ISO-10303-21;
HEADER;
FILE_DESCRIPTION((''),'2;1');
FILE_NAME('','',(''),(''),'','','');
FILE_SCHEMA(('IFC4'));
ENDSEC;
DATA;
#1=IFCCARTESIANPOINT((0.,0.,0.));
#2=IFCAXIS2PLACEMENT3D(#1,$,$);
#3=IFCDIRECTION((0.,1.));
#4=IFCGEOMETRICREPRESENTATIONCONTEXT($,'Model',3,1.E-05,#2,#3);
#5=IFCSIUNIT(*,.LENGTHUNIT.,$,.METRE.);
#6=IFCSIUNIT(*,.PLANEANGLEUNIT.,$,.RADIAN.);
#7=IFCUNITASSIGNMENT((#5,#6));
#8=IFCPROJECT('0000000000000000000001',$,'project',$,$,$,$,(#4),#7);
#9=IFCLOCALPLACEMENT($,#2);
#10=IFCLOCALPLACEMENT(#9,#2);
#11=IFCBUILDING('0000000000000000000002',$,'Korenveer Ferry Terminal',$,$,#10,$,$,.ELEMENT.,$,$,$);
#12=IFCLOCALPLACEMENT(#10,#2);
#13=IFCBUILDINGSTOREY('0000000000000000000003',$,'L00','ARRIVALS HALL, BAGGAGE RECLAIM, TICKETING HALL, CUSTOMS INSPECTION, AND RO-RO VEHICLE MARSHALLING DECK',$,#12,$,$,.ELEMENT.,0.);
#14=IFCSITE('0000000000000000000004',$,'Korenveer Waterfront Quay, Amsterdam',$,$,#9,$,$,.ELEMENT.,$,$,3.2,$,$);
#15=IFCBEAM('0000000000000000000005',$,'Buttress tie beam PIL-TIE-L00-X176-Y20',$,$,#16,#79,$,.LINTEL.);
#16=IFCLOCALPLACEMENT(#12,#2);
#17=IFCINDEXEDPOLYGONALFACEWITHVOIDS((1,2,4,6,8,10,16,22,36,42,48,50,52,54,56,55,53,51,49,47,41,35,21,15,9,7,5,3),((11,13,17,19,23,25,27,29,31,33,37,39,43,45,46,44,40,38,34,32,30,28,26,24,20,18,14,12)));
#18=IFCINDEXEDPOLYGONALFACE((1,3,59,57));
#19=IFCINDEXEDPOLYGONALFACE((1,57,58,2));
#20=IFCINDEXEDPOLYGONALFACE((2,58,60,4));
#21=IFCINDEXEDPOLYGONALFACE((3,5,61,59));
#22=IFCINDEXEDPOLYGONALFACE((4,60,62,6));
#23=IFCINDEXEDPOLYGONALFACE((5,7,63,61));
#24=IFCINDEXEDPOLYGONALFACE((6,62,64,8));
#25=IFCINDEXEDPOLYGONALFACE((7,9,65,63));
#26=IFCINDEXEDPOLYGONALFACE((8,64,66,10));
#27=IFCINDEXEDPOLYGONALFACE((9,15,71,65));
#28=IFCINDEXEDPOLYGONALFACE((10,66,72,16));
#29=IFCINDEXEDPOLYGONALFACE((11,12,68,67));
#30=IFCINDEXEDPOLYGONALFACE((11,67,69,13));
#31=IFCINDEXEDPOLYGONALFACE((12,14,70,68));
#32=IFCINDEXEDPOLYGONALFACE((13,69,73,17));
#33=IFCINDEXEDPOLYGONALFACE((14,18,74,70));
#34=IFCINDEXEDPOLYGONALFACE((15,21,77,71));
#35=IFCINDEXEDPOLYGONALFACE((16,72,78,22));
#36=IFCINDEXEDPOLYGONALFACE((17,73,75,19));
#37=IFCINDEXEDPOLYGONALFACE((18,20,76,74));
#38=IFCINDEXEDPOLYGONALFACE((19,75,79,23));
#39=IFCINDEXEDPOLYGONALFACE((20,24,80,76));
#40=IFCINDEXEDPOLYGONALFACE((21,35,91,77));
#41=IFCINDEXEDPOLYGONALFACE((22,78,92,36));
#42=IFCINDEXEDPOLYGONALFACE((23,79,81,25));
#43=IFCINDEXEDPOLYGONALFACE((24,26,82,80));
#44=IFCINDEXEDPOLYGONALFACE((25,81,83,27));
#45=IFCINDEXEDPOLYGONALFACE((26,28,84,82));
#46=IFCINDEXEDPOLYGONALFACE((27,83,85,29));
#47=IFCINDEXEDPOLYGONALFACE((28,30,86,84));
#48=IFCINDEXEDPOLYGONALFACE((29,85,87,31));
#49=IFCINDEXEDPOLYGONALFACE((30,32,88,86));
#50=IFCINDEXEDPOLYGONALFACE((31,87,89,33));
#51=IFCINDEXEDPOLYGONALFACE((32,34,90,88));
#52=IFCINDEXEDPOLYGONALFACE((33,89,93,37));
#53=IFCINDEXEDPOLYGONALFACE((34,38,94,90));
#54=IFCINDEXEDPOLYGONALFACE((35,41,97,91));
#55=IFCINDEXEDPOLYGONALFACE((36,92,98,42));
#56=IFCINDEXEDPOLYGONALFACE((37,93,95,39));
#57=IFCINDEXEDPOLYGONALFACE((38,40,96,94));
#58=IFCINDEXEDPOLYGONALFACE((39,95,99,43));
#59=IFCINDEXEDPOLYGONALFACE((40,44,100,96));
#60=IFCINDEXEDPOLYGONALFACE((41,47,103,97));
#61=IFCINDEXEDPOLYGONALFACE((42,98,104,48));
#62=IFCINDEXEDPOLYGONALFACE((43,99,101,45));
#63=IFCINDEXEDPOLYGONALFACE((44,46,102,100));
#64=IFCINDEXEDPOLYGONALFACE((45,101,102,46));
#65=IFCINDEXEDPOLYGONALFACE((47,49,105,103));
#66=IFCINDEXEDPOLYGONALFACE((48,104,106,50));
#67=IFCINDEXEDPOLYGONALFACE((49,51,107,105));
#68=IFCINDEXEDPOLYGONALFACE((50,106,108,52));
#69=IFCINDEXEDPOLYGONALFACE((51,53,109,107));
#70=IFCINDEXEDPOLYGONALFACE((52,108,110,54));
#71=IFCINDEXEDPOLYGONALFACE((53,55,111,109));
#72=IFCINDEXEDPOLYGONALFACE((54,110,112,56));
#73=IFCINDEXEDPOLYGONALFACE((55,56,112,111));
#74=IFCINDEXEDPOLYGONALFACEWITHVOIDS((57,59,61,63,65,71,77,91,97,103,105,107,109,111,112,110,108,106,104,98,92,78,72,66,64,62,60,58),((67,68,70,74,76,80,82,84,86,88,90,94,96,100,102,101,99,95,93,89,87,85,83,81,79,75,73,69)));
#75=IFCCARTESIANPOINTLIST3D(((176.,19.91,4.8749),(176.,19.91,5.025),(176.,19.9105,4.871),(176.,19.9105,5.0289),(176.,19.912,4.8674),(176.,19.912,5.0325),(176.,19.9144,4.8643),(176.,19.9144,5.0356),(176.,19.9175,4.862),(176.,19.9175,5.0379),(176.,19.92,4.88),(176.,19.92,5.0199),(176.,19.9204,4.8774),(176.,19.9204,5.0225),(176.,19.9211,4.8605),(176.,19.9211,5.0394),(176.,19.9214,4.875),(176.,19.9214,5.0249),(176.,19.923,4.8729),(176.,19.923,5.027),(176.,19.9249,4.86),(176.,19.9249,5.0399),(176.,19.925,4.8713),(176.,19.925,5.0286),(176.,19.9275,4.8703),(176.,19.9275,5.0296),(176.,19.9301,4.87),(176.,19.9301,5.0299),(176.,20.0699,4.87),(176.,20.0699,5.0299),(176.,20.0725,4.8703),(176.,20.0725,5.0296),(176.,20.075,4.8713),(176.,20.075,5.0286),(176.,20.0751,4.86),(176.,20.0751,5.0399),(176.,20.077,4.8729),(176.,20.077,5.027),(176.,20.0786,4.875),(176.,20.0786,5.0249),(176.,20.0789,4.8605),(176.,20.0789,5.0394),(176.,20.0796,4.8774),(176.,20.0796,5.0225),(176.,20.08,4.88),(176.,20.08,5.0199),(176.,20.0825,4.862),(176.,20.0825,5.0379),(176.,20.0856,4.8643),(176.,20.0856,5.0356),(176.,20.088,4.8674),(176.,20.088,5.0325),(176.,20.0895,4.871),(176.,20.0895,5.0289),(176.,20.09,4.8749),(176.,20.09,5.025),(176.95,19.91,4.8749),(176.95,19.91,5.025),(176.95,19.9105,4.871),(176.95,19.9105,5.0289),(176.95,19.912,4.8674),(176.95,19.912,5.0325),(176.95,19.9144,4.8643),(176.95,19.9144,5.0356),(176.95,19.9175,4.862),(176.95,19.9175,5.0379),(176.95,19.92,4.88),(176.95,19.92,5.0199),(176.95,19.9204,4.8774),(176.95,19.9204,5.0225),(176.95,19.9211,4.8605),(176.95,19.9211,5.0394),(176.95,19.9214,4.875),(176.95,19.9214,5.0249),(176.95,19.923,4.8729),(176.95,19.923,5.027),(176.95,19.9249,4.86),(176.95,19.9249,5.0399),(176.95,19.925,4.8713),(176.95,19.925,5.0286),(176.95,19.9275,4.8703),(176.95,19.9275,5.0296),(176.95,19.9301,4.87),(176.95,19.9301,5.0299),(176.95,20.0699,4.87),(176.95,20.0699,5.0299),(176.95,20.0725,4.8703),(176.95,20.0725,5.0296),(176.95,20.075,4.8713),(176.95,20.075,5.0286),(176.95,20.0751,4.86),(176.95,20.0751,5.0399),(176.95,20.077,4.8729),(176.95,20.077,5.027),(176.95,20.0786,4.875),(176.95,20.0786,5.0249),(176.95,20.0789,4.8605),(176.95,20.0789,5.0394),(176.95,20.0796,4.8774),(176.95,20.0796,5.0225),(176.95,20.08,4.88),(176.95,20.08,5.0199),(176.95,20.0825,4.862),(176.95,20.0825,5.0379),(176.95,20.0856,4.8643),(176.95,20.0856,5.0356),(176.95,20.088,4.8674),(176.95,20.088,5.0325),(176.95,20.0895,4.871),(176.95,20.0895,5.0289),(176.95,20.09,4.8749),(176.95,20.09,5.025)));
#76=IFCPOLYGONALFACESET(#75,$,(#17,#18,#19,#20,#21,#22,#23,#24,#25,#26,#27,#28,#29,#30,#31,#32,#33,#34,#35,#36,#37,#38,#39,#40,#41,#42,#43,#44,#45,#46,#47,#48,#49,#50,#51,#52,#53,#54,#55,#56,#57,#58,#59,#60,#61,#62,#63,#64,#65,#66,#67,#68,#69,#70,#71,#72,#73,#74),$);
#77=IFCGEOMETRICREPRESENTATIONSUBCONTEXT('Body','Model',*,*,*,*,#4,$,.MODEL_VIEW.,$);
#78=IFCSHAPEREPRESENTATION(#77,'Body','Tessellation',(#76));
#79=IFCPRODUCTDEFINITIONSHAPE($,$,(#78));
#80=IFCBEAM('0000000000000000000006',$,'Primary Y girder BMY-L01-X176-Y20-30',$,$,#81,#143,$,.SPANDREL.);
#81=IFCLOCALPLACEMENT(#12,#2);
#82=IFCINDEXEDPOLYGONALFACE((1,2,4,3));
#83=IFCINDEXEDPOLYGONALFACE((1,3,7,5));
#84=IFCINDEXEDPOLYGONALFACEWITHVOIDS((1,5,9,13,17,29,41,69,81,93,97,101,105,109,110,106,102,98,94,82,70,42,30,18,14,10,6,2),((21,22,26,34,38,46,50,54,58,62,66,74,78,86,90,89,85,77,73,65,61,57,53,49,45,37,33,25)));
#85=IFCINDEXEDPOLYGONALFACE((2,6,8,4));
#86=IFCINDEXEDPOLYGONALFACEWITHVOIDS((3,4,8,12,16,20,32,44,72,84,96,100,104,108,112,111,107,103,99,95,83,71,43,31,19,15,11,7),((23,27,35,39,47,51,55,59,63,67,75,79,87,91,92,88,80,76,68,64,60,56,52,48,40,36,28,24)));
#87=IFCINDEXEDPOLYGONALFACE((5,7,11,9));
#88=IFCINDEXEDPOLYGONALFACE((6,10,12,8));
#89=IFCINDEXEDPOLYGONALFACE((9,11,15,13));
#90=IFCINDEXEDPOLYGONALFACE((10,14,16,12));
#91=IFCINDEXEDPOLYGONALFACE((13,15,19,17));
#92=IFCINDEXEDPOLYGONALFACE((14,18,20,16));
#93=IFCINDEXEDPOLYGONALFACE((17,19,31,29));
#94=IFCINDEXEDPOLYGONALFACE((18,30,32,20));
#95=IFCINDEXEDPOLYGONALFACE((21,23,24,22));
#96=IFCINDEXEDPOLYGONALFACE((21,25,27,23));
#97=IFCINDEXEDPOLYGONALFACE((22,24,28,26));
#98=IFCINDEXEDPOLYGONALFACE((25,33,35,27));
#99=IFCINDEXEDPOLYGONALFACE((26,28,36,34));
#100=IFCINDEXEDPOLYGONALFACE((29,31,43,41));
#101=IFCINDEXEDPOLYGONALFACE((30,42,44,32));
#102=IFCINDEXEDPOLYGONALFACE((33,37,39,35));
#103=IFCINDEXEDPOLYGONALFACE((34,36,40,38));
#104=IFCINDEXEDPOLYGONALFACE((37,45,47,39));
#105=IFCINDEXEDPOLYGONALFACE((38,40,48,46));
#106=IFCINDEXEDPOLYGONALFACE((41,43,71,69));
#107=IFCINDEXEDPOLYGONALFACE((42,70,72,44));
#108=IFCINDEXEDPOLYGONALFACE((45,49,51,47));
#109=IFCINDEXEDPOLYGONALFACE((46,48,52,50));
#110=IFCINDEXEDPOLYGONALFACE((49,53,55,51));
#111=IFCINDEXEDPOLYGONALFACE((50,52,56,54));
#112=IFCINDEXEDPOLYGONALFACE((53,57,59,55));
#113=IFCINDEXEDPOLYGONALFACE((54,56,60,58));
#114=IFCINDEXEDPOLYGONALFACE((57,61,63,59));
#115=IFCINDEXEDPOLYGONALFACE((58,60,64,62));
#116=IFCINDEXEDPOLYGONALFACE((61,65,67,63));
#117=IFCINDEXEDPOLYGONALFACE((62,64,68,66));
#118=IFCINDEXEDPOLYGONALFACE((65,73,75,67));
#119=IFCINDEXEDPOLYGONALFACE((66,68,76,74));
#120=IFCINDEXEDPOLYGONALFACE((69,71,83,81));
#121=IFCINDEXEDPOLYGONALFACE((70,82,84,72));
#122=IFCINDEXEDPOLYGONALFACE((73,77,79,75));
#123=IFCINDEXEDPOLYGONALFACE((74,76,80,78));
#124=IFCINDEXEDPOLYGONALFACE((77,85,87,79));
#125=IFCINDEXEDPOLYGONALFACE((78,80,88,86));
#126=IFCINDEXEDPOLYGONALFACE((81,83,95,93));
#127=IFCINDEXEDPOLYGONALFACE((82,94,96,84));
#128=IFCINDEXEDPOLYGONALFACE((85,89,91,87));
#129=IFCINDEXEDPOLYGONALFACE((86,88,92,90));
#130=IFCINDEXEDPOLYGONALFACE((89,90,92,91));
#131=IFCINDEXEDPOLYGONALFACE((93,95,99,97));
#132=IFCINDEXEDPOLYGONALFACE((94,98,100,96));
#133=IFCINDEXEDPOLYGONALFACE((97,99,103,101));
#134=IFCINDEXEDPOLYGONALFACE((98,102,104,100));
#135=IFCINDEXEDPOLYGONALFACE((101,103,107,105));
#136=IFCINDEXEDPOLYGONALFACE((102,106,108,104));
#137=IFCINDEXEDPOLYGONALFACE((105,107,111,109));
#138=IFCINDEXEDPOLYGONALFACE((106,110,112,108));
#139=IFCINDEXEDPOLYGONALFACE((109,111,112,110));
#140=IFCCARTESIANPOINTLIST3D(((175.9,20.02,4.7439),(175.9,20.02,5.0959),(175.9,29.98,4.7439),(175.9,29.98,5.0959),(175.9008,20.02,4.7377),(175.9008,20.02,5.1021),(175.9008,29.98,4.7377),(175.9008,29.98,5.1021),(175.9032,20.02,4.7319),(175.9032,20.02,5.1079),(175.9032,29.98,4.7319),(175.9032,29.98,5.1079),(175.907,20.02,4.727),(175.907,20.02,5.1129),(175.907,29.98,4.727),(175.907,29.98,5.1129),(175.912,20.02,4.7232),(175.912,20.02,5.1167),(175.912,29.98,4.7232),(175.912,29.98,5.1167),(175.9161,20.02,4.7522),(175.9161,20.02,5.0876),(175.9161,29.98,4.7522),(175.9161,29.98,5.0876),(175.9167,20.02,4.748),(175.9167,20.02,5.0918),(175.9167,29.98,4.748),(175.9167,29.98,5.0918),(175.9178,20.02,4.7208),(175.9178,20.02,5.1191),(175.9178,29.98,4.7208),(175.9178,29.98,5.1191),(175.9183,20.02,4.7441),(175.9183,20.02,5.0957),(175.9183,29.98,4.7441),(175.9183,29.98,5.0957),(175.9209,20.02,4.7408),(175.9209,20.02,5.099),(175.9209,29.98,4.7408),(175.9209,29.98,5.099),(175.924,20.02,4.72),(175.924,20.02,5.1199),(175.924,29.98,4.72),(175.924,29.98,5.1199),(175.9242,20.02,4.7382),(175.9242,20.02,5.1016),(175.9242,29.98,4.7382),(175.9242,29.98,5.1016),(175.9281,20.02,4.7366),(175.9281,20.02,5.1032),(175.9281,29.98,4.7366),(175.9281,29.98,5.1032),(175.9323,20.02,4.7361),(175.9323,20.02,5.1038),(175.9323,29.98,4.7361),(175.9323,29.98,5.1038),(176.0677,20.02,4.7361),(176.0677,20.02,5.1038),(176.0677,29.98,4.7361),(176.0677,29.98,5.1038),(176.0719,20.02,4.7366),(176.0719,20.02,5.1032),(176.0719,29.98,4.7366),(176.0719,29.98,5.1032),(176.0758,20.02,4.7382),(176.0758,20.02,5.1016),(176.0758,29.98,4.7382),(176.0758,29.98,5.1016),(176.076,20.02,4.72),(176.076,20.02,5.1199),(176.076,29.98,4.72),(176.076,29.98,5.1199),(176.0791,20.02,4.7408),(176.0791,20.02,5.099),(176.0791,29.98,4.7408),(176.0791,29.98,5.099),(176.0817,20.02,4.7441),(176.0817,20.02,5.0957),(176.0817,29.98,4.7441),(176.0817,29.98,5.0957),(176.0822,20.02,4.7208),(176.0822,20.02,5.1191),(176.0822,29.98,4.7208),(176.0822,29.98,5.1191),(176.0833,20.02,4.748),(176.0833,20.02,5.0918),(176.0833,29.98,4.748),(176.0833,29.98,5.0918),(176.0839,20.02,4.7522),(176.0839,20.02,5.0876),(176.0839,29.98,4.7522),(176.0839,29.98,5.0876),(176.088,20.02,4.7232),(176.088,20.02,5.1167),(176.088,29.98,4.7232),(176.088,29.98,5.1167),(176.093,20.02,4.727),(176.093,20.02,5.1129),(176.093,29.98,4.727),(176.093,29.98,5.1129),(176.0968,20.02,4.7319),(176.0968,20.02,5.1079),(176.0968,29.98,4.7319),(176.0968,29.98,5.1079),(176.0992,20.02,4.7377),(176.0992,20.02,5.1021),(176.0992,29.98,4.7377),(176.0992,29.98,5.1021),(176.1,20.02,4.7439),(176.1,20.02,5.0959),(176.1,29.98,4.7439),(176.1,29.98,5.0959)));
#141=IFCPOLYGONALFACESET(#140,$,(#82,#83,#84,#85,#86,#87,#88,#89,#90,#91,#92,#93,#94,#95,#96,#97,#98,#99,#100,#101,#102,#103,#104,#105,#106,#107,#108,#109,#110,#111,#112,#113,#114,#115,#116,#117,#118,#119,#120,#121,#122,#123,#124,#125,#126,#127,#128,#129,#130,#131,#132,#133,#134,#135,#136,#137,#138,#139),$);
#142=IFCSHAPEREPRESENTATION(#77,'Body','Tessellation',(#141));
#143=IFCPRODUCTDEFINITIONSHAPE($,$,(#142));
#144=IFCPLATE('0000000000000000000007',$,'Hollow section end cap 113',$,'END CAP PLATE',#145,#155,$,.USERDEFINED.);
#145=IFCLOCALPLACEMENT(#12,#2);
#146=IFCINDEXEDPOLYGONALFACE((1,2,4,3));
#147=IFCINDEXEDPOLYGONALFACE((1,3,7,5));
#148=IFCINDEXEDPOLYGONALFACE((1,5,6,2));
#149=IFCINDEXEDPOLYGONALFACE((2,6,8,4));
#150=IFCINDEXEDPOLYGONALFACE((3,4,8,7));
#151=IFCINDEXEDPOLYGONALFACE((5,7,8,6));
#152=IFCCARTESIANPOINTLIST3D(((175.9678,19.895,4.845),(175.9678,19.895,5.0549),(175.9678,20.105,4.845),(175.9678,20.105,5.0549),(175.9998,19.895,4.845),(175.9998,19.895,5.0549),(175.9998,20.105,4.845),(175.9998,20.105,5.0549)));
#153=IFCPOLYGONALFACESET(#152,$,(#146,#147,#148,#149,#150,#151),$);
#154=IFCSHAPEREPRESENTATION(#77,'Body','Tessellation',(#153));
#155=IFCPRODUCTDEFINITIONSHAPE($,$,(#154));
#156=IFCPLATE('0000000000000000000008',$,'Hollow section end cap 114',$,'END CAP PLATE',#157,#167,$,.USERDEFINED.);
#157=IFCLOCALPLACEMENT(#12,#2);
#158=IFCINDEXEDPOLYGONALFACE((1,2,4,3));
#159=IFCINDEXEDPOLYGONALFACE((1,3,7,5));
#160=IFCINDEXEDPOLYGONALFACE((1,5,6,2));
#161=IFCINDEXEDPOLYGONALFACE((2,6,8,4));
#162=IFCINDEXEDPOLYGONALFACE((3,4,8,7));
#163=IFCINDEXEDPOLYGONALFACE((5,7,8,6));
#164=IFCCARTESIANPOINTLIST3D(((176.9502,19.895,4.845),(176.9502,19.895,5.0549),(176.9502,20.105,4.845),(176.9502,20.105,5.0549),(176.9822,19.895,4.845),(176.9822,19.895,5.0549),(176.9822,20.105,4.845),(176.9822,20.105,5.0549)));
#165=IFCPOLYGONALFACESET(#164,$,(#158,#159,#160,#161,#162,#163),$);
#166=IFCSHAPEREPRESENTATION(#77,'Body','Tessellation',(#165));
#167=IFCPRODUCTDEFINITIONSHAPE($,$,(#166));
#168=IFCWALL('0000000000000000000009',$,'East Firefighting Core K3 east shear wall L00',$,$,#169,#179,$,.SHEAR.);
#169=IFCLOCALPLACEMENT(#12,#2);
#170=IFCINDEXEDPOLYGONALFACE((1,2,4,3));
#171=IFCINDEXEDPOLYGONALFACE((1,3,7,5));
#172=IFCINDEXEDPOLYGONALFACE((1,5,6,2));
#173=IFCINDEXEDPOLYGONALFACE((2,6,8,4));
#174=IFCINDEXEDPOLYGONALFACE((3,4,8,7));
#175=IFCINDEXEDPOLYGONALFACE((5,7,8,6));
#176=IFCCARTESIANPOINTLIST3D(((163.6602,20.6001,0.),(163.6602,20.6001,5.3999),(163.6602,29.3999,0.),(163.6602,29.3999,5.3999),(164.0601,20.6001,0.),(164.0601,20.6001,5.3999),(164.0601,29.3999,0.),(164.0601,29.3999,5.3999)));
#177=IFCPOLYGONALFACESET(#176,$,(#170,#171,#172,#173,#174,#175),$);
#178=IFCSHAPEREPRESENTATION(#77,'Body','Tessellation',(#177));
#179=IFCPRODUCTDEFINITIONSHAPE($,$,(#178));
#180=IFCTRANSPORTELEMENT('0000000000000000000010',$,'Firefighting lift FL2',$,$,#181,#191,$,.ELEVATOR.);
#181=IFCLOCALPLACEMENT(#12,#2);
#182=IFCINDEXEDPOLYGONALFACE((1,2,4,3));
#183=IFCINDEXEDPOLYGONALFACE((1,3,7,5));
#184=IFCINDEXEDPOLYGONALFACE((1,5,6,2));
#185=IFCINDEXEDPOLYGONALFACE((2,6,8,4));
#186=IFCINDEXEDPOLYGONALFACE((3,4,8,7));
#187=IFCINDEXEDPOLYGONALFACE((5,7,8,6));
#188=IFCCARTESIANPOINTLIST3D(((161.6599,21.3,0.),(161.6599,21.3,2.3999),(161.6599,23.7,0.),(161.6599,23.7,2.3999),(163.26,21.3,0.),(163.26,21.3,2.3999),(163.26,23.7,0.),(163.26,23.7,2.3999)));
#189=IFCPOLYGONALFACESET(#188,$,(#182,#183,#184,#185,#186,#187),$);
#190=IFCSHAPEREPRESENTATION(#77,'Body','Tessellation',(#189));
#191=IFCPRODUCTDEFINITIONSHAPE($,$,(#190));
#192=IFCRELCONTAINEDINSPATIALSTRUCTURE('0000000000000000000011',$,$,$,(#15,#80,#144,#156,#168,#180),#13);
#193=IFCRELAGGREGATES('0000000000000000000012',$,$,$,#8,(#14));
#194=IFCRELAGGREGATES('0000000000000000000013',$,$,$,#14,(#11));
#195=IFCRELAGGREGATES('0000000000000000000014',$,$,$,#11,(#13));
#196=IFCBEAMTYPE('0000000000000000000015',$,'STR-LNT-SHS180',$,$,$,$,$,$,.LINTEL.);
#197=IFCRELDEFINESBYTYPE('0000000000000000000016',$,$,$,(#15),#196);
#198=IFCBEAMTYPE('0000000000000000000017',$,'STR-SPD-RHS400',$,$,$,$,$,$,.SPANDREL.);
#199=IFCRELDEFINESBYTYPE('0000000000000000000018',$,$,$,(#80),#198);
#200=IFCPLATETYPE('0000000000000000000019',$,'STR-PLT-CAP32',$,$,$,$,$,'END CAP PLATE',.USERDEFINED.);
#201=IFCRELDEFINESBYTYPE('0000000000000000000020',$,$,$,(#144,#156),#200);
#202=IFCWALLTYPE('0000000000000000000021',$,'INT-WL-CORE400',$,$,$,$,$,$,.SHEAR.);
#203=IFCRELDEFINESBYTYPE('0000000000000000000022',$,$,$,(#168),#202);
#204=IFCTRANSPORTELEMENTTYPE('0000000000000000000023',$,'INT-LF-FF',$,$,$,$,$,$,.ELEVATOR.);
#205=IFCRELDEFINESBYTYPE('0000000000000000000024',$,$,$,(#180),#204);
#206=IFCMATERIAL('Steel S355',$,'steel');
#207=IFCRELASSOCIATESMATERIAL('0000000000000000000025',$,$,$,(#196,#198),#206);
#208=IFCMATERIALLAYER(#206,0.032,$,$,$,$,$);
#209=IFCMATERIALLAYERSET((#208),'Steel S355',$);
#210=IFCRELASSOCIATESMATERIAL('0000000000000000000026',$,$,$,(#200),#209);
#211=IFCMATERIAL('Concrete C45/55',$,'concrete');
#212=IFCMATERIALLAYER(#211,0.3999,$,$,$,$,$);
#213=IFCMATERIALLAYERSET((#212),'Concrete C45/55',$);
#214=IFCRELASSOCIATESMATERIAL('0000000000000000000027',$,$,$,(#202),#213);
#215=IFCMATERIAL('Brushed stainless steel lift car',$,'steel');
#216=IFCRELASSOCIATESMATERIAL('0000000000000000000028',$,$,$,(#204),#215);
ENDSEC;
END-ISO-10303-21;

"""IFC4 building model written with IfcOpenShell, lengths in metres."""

from ifc_helpers import new_model, si_unit, direction, frame, frame_2d, origin, origin_2d, place, context, subcontext, project, spatial, rectangle, hollow_rectangle, extrude, material, layer, layer_set, material_profile, profile_set, type_object, element, save


model = new_model("IFC4")

# Units and contexts
model_context = context("Model", 3, precision=1e-05, world=origin(), true_north=direction((0.0, 1.0)))
body_context = subcontext(model_context, "Body", "Model", "MODEL_VIEW")
ifc_project = project(units=[si_unit("LENGTHUNIT", "METRE"), si_unit("PLANEANGLEUNIT", "RADIAN")], contexts=[model_context])

# Site, building, storey
site_placement = place(None, origin())
site = spatial("IfcSite", under=ifc_project, at=site_placement, Name="Korenveer Waterfront Quay, Amsterdam", CompositionType="ELEMENT", RefElevation=3.2)
building_placement = place(site_placement, origin())
building = spatial("IfcBuilding", under=site, at=building_placement, Name="Korenveer Ferry Terminal", CompositionType="ELEMENT")
storey_placement = place(building_placement, origin())
storey = spatial("IfcBuildingStorey", under=building, at=storey_placement, Name="L00", Description="ARRIVALS HALL, BAGGAGE RECLAIM, TICKETING HALL, CUSTOMS INSPECTION, AND RO-RO VEHICLE MARSHALLING DECK", CompositionType="ELEMENT", Elevation=0.0)

# Shared definitions
ifc_material_1 = material(Name="Concrete C45/55", Category="concrete")

# Beams
ifc_material_2 = material(Name="Steel S355", Category="steel")
ifc_material_profile_1 = material_profile(ifc_material_2, hollow_rectangle(XDim=0.1799, YDim=0.1799, WallThickness=0.01, InnerFilletRadius=0.01, OuterFilletRadius=0.0149, at=origin_2d()), Name="SHS 180x180x10")
ifc_profile_set_1 = profile_set([ifc_material_profile_1], Name="Steel S355")
beam_type_1 = type_object("IfcBeamType", Name="STR-LNT-SHS180", PredefinedType="LINTEL", material=ifc_profile_set_1)
beam_1_placement = place(storey_placement, frame((176.0, 20.0, 4.95), z_axis=(1.0, 0.0, 0.0), x_axis=(0.0, 1.0, 0.0)))
element("IfcBeam", 1, at=beam_1_placement, inside=storey, type_object=beam_type_1, Name="Buttress tie beam PIL-TIE-L00-X176-Y20", PredefinedType="LINTEL", context=body_context, shape_type="SweptSolid", body=[
    extrude(hollow_rectangle(XDim=0.1799, YDim=0.1799, WallThickness=0.01, InnerFilletRadius=0.01, OuterFilletRadius=0.0149, at=origin_2d()), origin(), (0.0, 0.0, 1.0), 0.95),
])
ifc_material_profile_2 = material_profile(ifc_material_2, hollow_rectangle(XDim=0.2, YDim=0.3999, WallThickness=0.0161, InnerFilletRadius=0.0161, OuterFilletRadius=0.0239, at=origin_2d()), Name="RHS 400x200x16")
ifc_profile_set_2 = profile_set([ifc_material_profile_2], Name="Steel S355")
beam_type_2 = type_object("IfcBeamType", Name="STR-SPD-RHS400", PredefinedType="SPANDREL", material=ifc_profile_set_2)
beam_2_placement = place(storey_placement, frame((176.0, 20.02, 4.9199), z_axis=(0.0, 1.0, 0.0), x_axis=(-1.0, 0.0, 0.0)))
element("IfcBeam", 2, at=beam_2_placement, inside=storey, type_object=beam_type_2, Name="Primary Y girder BMY-L01-X176-Y20-30", PredefinedType="SPANDREL", context=body_context, shape_type="SweptSolid", body=[
    extrude(hollow_rectangle(XDim=0.2, YDim=0.3999, WallThickness=0.0161, InnerFilletRadius=0.0161, OuterFilletRadius=0.0239, at=origin_2d()), origin(), (0.0, 0.0, 1.0), 9.96),
])

# Plates
ifc_layer_1 = layer(ifc_material_2, 0.032)
ifc_layer_set_1 = layer_set([ifc_layer_1], Name="Steel S355")
plate_type = type_object("IfcPlateType", Name="STR-PLT-CAP32", ElementType="END CAP PLATE", PredefinedType="USERDEFINED", material=ifc_layer_set_1)
for number, where, z_axis, x_axis, name in (
    (3, (175.9678, 20.0, 4.95), (1.0, 0.0, 0.0), (0.0, 1.0, 0.0), "Hollow section end cap 113"),
    (4, (176.9502, 20.0, 4.95), (1.0, 0.0, 0.0), (0.0, 1.0, 0.0), "Hollow section end cap 114"),
):
    element("IfcPlate", number, at=place(storey_placement, frame(where, z_axis=z_axis, x_axis=x_axis)), inside=storey, type_object=plate_type, Name=name, ObjectType="END CAP PLATE", PredefinedType="USERDEFINED", context=body_context, shape_type="SweptSolid", body=[
        extrude(rectangle(XDim=0.21, YDim=0.21, at=origin_2d()), origin(), (0.0, 0.0, 1.0), 0.032),
    ])

# Wall
ifc_layer_2 = layer(ifc_material_1, 0.3999)
ifc_layer_set_2 = layer_set([ifc_layer_2], Name="Concrete C45/55")
wall_type = type_object("IfcWallType", Name="INT-WL-CORE400", PredefinedType="SHEAR", material=ifc_layer_set_2)
wall_placement = place(storey_placement, frame((163.8601, 20.6001, 0.0), z_axis=(0.0, 0.0, 1.0), x_axis=(0.0, 1.0, 0.0)))
element("IfcWall", 5, at=wall_placement, inside=storey, type_object=wall_type, Name="East Firefighting Core K3 east shear wall L00", PredefinedType="SHEAR", context=body_context, shape_type="SweptSolid", body=[
    extrude(rectangle(XDim=8.7998, YDim=0.3999, at=frame_2d((4.3999, 0.0))), origin(), (0.0, 0.0, 1.0), 5.3999),
])

# Transport element
ifc_material_3 = material(Name="Brushed stainless steel lift car", Category="steel")
transport_element_type = type_object("IfcTransportElementType", Name="INT-LF-FF", PredefinedType="ELEVATOR", material=ifc_material_3)
transport_element_placement = place(storey_placement, frame((162.46, 22.5, 0.0), z_axis=(0.0, 0.0, 1.0), x_axis=(1.0, 0.0, 0.0)))
element("IfcTransportElement", 6, at=transport_element_placement, inside=storey, type_object=transport_element_type, Name="Firefighting lift FL2", PredefinedType="ELEVATOR", context=body_context, shape_type="SweptSolid", body=[
    extrude(rectangle(XDim=1.6001, YDim=2.3999, at=origin_2d()), origin(), (0.0, 0.0, 1.0), 2.3999),
])

save(model, "model.ifc")
